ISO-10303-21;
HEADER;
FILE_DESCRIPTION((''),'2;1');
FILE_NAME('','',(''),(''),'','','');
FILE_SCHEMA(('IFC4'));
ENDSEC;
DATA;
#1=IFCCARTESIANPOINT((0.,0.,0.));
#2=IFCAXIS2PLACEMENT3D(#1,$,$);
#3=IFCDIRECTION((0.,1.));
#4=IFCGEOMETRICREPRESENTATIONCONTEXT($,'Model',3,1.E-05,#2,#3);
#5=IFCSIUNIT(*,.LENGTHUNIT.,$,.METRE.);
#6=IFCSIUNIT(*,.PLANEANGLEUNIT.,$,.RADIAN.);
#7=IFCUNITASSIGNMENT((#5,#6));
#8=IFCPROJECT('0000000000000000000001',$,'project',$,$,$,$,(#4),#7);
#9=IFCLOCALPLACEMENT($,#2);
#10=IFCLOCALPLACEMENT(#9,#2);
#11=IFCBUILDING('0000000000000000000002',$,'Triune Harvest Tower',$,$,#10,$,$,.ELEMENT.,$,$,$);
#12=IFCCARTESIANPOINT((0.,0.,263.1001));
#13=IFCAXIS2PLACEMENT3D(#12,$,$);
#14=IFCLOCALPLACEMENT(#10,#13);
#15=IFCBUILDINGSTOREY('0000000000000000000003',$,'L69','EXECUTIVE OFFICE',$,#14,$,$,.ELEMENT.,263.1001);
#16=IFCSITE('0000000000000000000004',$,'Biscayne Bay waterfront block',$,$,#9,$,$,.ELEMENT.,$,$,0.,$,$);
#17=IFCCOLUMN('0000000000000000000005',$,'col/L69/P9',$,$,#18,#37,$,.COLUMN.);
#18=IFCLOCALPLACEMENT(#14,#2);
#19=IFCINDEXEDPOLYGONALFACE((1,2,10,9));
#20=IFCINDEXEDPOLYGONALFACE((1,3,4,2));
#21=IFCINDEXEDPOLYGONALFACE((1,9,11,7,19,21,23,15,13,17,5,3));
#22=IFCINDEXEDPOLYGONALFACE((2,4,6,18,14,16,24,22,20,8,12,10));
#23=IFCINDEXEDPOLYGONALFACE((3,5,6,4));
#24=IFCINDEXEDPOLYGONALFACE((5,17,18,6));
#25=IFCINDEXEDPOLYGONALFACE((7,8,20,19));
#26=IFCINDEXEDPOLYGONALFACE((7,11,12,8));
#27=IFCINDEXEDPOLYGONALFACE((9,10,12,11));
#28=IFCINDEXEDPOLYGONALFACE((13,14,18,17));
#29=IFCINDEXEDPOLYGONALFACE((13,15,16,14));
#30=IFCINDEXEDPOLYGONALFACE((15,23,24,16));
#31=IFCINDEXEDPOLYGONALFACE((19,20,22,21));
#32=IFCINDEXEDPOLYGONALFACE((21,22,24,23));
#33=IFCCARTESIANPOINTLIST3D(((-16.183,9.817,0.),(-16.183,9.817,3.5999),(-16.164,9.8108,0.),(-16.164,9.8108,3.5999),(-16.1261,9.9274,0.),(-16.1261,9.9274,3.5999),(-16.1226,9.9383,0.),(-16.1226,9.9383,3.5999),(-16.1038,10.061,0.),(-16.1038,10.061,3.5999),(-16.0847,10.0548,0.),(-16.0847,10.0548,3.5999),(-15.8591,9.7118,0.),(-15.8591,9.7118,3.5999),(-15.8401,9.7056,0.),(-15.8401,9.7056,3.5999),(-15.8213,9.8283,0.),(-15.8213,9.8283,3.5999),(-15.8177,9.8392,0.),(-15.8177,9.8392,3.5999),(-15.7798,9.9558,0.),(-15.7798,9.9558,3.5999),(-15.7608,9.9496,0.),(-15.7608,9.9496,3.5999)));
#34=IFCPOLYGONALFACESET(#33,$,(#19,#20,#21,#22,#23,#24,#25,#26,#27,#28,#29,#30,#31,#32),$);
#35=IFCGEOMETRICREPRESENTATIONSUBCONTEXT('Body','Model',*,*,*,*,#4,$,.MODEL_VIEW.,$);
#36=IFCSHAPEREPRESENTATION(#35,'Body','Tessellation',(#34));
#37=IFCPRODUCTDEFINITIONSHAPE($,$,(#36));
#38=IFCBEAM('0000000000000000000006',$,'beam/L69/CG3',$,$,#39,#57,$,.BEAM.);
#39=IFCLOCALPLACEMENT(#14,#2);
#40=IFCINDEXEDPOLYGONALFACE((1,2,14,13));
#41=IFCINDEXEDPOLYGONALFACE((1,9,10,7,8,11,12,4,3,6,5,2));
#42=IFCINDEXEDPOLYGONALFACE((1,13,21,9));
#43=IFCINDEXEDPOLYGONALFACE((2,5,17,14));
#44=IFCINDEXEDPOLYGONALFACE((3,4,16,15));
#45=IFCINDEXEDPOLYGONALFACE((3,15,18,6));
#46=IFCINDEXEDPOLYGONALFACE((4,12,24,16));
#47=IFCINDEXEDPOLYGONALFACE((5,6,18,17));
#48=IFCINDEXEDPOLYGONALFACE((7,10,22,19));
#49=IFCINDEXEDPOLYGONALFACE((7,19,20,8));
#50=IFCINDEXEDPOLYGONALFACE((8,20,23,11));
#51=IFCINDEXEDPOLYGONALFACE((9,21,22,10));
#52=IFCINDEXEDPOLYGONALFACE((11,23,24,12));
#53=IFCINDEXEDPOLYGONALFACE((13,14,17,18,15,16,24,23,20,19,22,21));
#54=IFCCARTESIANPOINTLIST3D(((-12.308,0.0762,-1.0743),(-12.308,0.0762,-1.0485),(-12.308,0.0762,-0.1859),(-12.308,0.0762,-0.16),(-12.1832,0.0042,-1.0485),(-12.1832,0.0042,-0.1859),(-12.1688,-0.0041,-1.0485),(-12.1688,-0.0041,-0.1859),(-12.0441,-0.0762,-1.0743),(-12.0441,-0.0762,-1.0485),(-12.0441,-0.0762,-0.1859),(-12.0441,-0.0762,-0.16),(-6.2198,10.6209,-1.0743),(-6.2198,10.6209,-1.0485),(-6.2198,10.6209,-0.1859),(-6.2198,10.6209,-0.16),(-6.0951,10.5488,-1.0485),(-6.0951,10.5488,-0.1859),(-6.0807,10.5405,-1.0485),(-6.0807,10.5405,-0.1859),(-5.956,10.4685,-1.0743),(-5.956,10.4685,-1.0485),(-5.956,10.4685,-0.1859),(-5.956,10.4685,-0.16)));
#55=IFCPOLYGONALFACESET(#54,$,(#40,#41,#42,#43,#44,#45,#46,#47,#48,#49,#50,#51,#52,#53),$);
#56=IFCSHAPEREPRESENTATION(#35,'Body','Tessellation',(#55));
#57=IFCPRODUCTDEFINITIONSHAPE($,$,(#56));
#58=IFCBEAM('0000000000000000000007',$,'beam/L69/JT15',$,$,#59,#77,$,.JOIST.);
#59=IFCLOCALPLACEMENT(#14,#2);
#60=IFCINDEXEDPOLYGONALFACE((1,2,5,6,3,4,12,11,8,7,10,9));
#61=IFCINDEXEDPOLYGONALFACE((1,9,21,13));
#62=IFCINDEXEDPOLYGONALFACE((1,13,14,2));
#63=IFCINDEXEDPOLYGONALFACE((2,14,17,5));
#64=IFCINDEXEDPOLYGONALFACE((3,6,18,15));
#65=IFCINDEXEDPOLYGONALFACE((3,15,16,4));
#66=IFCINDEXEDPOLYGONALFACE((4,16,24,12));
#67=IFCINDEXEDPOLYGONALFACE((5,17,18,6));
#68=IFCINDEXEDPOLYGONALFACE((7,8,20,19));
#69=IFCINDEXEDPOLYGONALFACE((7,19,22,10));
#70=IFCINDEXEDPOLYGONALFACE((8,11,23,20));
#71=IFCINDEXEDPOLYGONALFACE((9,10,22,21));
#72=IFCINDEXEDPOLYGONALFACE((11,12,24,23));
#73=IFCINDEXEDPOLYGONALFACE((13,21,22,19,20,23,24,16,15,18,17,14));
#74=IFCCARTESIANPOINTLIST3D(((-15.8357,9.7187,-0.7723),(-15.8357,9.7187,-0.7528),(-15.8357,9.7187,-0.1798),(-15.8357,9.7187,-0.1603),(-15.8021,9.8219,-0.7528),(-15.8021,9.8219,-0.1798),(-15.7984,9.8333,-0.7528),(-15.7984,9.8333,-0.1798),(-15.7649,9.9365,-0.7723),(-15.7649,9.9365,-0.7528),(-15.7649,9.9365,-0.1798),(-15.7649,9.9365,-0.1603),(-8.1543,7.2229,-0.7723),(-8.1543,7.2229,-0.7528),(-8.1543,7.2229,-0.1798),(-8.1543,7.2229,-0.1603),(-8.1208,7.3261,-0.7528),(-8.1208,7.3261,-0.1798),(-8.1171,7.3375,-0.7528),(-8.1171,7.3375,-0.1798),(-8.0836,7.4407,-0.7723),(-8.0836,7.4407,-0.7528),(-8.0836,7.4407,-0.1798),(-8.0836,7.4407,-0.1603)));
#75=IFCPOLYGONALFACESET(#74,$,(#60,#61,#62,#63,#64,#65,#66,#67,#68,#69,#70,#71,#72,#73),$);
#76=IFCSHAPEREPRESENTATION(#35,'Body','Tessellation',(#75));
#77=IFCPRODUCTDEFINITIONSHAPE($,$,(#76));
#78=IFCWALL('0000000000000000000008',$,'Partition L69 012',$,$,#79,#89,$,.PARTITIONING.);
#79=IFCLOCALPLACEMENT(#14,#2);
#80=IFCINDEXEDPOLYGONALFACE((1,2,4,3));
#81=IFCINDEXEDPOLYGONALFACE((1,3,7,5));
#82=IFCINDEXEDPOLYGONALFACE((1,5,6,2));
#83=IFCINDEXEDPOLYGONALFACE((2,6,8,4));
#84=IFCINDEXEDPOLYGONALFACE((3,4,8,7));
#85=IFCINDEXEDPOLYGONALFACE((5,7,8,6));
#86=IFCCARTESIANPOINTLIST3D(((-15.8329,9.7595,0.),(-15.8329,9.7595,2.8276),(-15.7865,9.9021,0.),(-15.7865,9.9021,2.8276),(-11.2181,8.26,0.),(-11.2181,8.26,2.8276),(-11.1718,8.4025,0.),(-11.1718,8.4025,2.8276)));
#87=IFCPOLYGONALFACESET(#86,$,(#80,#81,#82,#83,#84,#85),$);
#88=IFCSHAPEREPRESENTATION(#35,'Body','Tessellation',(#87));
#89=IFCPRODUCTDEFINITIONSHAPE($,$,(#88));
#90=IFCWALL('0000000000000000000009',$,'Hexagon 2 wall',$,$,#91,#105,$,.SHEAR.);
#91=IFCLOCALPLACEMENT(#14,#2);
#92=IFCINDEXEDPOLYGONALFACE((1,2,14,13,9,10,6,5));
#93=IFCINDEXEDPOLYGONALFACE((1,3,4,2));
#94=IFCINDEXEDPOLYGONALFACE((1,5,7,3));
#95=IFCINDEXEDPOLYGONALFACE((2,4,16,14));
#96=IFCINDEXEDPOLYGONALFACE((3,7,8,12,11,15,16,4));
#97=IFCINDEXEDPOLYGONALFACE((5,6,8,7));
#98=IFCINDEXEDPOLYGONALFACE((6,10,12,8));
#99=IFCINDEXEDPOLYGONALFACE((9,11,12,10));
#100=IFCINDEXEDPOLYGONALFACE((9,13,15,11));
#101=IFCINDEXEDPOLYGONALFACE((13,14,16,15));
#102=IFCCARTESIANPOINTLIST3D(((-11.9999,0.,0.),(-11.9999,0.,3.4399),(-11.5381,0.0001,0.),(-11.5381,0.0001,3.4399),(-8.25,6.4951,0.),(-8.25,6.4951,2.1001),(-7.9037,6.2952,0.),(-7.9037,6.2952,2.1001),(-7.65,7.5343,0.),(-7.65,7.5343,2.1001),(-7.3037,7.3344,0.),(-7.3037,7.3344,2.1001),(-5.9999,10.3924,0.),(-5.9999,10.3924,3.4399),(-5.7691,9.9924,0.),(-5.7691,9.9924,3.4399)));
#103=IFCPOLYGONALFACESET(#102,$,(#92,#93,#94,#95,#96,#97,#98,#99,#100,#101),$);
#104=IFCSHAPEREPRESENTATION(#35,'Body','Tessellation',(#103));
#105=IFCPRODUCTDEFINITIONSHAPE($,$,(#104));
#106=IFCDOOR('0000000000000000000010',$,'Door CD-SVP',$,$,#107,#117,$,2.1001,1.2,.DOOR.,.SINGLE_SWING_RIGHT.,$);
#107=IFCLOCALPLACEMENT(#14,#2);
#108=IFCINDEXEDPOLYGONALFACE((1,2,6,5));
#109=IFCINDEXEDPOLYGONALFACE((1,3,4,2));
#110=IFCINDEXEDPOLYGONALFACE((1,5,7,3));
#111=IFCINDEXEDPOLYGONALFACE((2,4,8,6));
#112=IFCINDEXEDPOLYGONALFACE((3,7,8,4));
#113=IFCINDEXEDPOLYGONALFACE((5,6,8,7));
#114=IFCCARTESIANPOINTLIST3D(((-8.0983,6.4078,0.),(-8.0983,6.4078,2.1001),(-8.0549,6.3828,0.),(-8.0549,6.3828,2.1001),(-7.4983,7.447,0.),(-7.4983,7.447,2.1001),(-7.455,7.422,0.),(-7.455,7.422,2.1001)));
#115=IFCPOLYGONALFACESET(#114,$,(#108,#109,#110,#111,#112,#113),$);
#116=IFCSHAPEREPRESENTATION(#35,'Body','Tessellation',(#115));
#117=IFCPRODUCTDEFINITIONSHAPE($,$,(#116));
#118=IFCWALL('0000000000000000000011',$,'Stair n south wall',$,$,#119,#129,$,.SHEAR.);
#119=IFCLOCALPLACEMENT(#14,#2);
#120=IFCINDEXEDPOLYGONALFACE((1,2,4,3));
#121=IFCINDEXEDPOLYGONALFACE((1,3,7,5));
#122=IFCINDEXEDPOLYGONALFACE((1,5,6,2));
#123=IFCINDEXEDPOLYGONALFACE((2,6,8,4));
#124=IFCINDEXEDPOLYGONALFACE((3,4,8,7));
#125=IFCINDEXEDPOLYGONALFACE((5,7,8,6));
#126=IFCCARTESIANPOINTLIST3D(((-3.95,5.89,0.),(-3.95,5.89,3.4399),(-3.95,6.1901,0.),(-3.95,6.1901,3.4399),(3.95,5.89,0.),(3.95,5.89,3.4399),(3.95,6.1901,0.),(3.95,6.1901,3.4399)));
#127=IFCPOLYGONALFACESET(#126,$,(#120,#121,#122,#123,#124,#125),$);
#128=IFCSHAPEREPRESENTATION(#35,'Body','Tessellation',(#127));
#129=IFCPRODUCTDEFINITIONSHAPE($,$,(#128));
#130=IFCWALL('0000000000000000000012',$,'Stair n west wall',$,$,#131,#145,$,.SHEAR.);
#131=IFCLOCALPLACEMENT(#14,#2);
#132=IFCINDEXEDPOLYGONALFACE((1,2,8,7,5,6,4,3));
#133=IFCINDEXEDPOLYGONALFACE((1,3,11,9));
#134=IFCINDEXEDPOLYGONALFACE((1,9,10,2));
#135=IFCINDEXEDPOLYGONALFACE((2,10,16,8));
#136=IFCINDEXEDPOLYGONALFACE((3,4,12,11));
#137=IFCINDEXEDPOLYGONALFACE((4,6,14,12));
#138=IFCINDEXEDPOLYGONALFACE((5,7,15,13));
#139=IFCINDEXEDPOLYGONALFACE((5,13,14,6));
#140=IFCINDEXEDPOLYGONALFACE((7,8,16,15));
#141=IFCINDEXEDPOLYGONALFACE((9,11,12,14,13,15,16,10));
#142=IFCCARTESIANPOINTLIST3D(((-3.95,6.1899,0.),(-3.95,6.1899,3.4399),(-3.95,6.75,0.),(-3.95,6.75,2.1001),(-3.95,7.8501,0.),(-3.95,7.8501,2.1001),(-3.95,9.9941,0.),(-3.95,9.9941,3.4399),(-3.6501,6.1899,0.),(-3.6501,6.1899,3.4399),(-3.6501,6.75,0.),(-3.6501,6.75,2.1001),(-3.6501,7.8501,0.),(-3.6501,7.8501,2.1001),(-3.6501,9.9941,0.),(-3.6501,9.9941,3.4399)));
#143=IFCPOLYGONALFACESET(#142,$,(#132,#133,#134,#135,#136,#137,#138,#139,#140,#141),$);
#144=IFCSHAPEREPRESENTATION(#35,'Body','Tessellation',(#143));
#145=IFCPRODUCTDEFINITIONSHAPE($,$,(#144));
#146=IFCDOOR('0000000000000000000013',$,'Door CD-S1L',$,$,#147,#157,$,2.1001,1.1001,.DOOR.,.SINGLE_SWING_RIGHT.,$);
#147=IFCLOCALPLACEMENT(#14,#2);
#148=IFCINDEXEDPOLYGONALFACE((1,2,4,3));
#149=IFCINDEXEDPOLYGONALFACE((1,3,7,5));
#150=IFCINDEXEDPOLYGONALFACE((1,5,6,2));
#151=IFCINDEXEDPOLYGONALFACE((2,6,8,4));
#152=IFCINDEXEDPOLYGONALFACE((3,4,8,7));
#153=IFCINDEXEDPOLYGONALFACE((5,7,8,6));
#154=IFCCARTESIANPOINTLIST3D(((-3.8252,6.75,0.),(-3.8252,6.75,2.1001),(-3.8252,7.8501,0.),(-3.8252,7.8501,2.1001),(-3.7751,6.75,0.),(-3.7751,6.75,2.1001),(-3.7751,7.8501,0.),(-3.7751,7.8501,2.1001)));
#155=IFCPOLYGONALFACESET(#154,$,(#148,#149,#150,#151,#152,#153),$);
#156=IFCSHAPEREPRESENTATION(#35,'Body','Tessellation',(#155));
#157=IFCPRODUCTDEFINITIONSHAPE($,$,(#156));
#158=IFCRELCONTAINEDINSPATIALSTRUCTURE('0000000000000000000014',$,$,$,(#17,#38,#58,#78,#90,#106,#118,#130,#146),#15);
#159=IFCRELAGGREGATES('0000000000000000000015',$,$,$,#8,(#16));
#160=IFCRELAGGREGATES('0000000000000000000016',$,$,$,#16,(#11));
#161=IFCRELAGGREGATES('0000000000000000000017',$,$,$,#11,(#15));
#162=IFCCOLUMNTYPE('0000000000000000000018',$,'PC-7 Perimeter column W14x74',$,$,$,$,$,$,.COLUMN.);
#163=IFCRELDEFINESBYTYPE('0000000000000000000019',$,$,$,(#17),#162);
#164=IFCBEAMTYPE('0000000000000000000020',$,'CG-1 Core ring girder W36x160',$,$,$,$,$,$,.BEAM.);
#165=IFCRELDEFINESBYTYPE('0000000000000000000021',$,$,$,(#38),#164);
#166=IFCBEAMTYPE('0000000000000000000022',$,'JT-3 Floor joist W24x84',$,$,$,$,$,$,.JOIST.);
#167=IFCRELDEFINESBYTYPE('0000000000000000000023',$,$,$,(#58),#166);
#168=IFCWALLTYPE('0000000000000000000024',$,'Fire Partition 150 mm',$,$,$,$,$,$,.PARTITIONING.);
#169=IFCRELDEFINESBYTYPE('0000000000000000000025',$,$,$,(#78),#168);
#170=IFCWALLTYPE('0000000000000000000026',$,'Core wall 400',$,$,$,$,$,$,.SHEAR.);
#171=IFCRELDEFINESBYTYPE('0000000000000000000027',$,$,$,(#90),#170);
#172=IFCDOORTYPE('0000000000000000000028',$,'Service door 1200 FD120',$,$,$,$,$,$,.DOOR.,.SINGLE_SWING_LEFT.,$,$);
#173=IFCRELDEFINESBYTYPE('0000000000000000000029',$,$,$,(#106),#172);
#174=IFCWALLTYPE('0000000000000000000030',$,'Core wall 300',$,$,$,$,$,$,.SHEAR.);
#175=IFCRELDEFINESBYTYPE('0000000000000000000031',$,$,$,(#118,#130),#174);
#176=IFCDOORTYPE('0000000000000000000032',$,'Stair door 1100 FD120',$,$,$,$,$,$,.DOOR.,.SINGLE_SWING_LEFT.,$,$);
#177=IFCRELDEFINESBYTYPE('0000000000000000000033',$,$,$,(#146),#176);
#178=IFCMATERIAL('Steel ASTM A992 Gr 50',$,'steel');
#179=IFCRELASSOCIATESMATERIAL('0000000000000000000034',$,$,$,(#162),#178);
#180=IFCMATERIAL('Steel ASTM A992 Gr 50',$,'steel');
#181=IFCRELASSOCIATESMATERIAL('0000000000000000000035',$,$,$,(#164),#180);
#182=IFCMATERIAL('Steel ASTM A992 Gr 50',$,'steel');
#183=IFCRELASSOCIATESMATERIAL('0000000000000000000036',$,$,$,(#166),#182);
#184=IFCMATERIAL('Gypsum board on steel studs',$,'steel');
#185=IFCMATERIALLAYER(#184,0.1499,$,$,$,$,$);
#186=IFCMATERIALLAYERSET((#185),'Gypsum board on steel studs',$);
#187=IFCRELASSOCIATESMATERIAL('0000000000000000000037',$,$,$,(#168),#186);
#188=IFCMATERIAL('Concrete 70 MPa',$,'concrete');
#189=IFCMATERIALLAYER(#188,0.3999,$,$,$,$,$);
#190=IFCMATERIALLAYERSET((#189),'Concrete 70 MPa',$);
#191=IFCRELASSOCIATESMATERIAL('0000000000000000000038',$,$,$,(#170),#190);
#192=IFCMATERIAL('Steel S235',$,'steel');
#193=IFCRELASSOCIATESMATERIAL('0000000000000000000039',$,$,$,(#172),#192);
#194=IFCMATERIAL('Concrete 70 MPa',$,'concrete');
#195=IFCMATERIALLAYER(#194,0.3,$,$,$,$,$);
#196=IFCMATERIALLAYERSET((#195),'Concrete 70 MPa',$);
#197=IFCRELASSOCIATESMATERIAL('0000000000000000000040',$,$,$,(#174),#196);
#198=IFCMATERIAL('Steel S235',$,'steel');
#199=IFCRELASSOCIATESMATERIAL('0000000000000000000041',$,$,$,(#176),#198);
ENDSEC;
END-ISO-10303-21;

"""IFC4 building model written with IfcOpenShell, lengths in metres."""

from ifc_helpers import new_model, si_unit, direction, frame, frame_2d, origin, origin_2d, place, context, subcontext, project, spatial, polyline, rectangle, i_section, outline, extrude, source, transform, mapped, material, layer, layer_set, material_profile, profile_set, type_object, element, fill, save


model = new_model("IFC4")

# Units and contexts
model_context = context("Model", 3, precision=1e-05, world=origin(), true_north=direction((0.0, 1.0)))
body_context = subcontext(model_context, "Body", "Model", "MODEL_VIEW")
ifc_project = project(units=[si_unit("LENGTHUNIT", "METRE"), si_unit("PLANEANGLEUNIT", "RADIAN")], contexts=[model_context])

# Site, building, storey
site_placement = place(None, origin())
site = spatial("IfcSite", under=ifc_project, at=site_placement, Name="Biscayne Bay waterfront block", CompositionType="ELEMENT", RefElevation=0.0)
building_placement = place(site_placement, origin())
building = spatial("IfcBuilding", under=site, at=building_placement, Name="Triune Harvest Tower", CompositionType="ELEMENT")
storey_placement = place(building_placement, frame((0.0, 0.0, 263.1001)))
storey = spatial("IfcBuildingStorey", under=building, at=storey_placement, Name="L69", Description="EXECUTIVE OFFICE", CompositionType="ELEMENT", Elevation=263.1001)

# Column
ifc_material_1 = material(Name="Steel ASTM A992 Gr 50", Category="steel")
ifc_material_profile_1 = material_profile(ifc_material_1, i_section(OverallWidth=0.2566, OverallDepth=0.3606, WebThickness=0.0115, FlangeThickness=0.02, at=origin_2d()), Name="W14x74")
ifc_profile_set_1 = profile_set([ifc_material_profile_1], Name="Steel ASTM A992 Gr 50")
column_type = type_object("IfcColumnType", Name="PC-7 Perimeter column W14x74", PredefinedType="COLUMN", material=ifc_profile_set_1)
shared_shape_1 = source(origin(), body_context, "Body", "SweptSolid", [
    extrude(i_section(OverallWidth=0.2566, OverallDepth=0.3606, WebThickness=0.0115, FlangeThickness=0.02, at=origin_2d()), origin(), (0.0, 0.0, 1.0), 3.5999),
])
column_placement = place(storey_placement, frame((-15.9719, 9.8833, 0.0), z_axis=(0.0, 0.0, 1.0), x_axis=(-0.309015, -0.951057, 0.0)))
element("IfcColumn", 1, at=column_placement, inside=storey, type_object=column_type, Name="col/L69/P9", PredefinedType="COLUMN", context=body_context, shape_type="MappedRepresentation", body=[
    mapped(shared_shape_1, transform((0.0, 0.0, 0.0), scale=1.0)),
])

# Beams
ifc_material_2 = material(Name="Steel ASTM A992 Gr 50", Category="steel")
ifc_material_profile_2 = material_profile(ifc_material_2, i_section(OverallWidth=0.3047, OverallDepth=0.9143, WebThickness=0.0166, FlangeThickness=0.0259, at=origin_2d()), Name="W36x160")
ifc_profile_set_2 = profile_set([ifc_material_profile_2], Name="Steel ASTM A992 Gr 50")
beam_type_1 = type_object("IfcBeamType", Name="CG-1 Core ring girder W36x160", PredefinedType="BEAM", material=ifc_profile_set_2)
shared_shape_2 = source(origin(), body_context, "Body", "SweptSolid", [
    extrude(i_section(OverallWidth=0.3047, OverallDepth=0.9143, WebThickness=0.0166, FlangeThickness=0.0259, at=origin_2d()), origin(), (0.0, 0.0, 1.0), 12.176),
])
beam_1_placement = place(storey_placement, frame((-6.0879, 10.5447, -0.6172), z_axis=(-0.50001, -0.86602, 0.0), x_axis=(0.86602, -0.50001, 0.0)))
element("IfcBeam", 2, at=beam_1_placement, inside=storey, type_object=beam_type_1, Name="beam/L69/CG3", PredefinedType="BEAM", context=body_context, shape_type="MappedRepresentation", body=[
    mapped(shared_shape_2, transform((0.0, 0.0, 0.0), scale=1.0)),
])
ifc_material_3 = material(Name="Steel ASTM A992 Gr 50", Category="steel")
ifc_material_profile_3 = material_profile(ifc_material_3, i_section(OverallWidth=0.229, OverallDepth=0.6121, WebThickness=0.012, FlangeThickness=0.0195, at=origin_2d()), Name="W24x84")
ifc_profile_set_3 = profile_set([ifc_material_profile_3], Name="Steel ASTM A992 Gr 50")
beam_type_2 = type_object("IfcBeamType", Name="JT-3 Floor joist W24x84", PredefinedType="JOIST", material=ifc_profile_set_3)
shared_shape_3 = source(origin(), body_context, "Body", "SweptSolid", [
    extrude(i_section(OverallWidth=0.229, OverallDepth=0.6121, WebThickness=0.012, FlangeThickness=0.0195, at=origin_2d()), origin(), (0.0, 0.0, 1.0), 8.0767),
])
beam_2_placement = place(storey_placement, frame((-15.8003, 9.8276, -0.4663), z_axis=(0.951056, -0.309018, 0.0), x_axis=(0.309018, 0.951056, 0.0)))
element("IfcBeam", 3, at=beam_2_placement, inside=storey, type_object=beam_type_2, Name="beam/L69/JT15", PredefinedType="JOIST", context=body_context, shape_type="MappedRepresentation", body=[
    mapped(shared_shape_3, transform((0.0, 0.0, 0.0), scale=1.0)),
])

# Wall
ifc_material_4 = material(Name="Gypsum board on steel studs", Category="steel")
ifc_layer_1 = layer(ifc_material_4, 0.1499)
ifc_layer_set_1 = layer_set([ifc_layer_1], Name="Gypsum board on steel studs")
wall_type_1 = type_object("IfcWallType", Name="Fire Partition 150 mm", PredefinedType="PARTITIONING", material=ifc_layer_set_1)
wall_1_placement = place(storey_placement, frame((-15.8098, 9.8308, 0.0), z_axis=(0.0, 0.0, 1.0), x_axis=(0.951051, -0.309034, 0.0)))
element("IfcWall", 4, at=wall_1_placement, inside=storey, type_object=wall_type_1, Name="Partition L69 012", PredefinedType="PARTITIONING", context=body_context, shape_type="SweptSolid", body=[
    extrude(rectangle(XDim=4.8523, YDim=0.1499, at=frame_2d((2.4263, 0.0))), origin(), (0.0, 0.0, 1.0), 2.8276),
])

# Wall, opening, door
ifc_material_5 = material(Name="Concrete 70 MPa", Category="concrete")
ifc_layer_2 = layer(ifc_material_5, 0.3999)
ifc_layer_set_2 = layer_set([ifc_layer_2], Name="Concrete 70 MPa")
wall_type_2 = type_object("IfcWallType", Name="Core wall 400", PredefinedType="SHEAR", material=ifc_layer_set_2)
shared_shape_4 = source(origin(), body_context, "Body", "SweptSolid", [
    extrude(outline(polyline([(-0.1155, -0.2), (11.8845, -0.2), (11.6536, 0.2), (0.1155, 0.2), (-0.1155, -0.2)])), origin(), (0.0, 0.0, 1.0), 3.4399),
])
wall_2_placement = place(storey_placement, frame((-5.8845, 10.1924, 0.0), z_axis=(0.0, 0.0, 1.0), x_axis=(-0.499997, -0.866027, 0.0)))
wall_2 = element("IfcWall", 5, at=wall_2_placement, inside=storey, type_object=wall_type_2, Name="Hexagon 2 wall", PredefinedType="SHEAR", context=body_context, shape_type="MappedRepresentation", body=[
    mapped(shared_shape_4, transform((0.0, 0.0, 0.0), scale=1.0)),
])
opening_1_placement = place(wall_2_placement, frame((3.1846, 0.0, 0.0)))
opening_1 = element("IfcOpeningElement", 6, at=opening_1_placement, cuts=wall_2, PredefinedType="OPENING", context=body_context, shape_type="SweptSolid", body=[
    extrude(rectangle(XDim=1.2, YDim=2.1001, at=frame_2d((0.6001, 1.05))), frame((0.0, 0.21, 0.0), z_axis=(0.0, -1.0, 0.0), x_axis=(1.0, 0.0, 0.0)), (0.0, 0.0, 1.0), 0.4199),
])
ifc_material_6 = material(Name="Steel S235", Category="steel")
door_type_1 = type_object("IfcDoorType", Name="Service door 1200 FD120", OperationType="SINGLE_SWING_LEFT", PredefinedType="DOOR", material=ifc_material_6)
door_1_placement = place(opening_1_placement, frame((1.2, 0.0, 0.0), z_axis=(0.0, 0.0, 1.0), x_axis=(-1.0, 0.0, 0.0)))
door_1 = element("IfcDoor", 7, at=door_1_placement, inside=storey, type_object=door_type_1, Name="Door CD-SVP", OperationType="SINGLE_SWING_RIGHT", OverallHeight=2.1001, OverallWidth=1.2, PredefinedType="DOOR", context=body_context, shape_type="SweptSolid", body=[
    extrude(rectangle(XDim=1.2, YDim=2.1001, at=frame_2d((0.6001, 1.05))), frame((0.0, 0.0249, 0.0), z_axis=(0.0, -1.0, 0.0), x_axis=(1.0, 0.0, 0.0)), (0.0, 0.0, 1.0), 0.05),
])
fill(opening_1, door_1)

# Wall
ifc_material_7 = material(Name="Concrete 70 MPa", Category="concrete")
ifc_layer_3 = layer(ifc_material_7, 0.3)
ifc_layer_set_3 = layer_set([ifc_layer_3], Name="Concrete 70 MPa")
wall_type_3 = type_object("IfcWallType", Name="Core wall 300", PredefinedType="SHEAR", material=ifc_layer_set_3)
shared_shape_5 = source(origin(), body_context, "Body", "SweptSolid", [
    extrude(rectangle(XDim=7.8999, YDim=0.3, at=frame_2d((3.95, 0.0))), origin(), (0.0, 0.0, 1.0), 3.4399),
])
wall_3_placement = place(storey_placement, frame((-3.95, 6.04, 0.0), z_axis=(0.0, 0.0, 1.0), x_axis=(1.0, 0.0, 0.0)))
element("IfcWall", 8, at=wall_3_placement, inside=storey, type_object=wall_type_3, Name="Stair n south wall", PredefinedType="SHEAR", context=body_context, shape_type="MappedRepresentation", body=[
    mapped(shared_shape_5, transform((0.0, 0.0, 0.0), scale=1.0)),
])

# Wall, opening, door
shared_shape_6 = source(origin(), body_context, "Body", "SweptSolid", [
    extrude(outline(polyline([(0.0, -0.1499), (0.0, 0.1499), (3.8042, 0.1499), (3.8042, -0.1499), (0.0, -0.1499)])), origin(), (0.0, 0.0, 1.0), 3.4399),
])
wall_4_placement = place(storey_placement, frame((-3.8, 6.1899, 0.0), z_axis=(0.0, 0.0, 1.0), x_axis=(0.0, 1.0, 0.0)))
wall_4 = element("IfcWall", 9, at=wall_4_placement, inside=storey, type_object=wall_type_3, Name="Stair n west wall", PredefinedType="SHEAR", context=body_context, shape_type="MappedRepresentation", body=[
    mapped(shared_shape_6, transform((0.0, 0.0, 0.0), scale=1.0)),
])
opening_2_placement = place(wall_4_placement, frame((0.5601, 0.0, 0.0)))
opening_2 = element("IfcOpeningElement", 10, at=opening_2_placement, cuts=wall_4, PredefinedType="OPENING", context=body_context, shape_type="SweptSolid", body=[
    extrude(rectangle(XDim=1.1001, YDim=2.1001, at=frame_2d((0.55, 1.05))), frame((0.0, 0.1602, 0.0), z_axis=(0.0, -1.0, 0.0), x_axis=(1.0, 0.0, 0.0)), (0.0, 0.0, 1.0), 0.3201),
])
ifc_material_8 = material(Name="Steel S235", Category="steel")
door_type_2 = type_object("IfcDoorType", Name="Stair door 1100 FD120", OperationType="SINGLE_SWING_LEFT", PredefinedType="DOOR", material=ifc_material_8)
door_2_placement = place(opening_2_placement, frame((1.1001, 0.0, 0.0), z_axis=(0.0, 0.0, 1.0), x_axis=(-1.0, 0.0, 0.0)))
door_2 = element("IfcDoor", 11, at=door_2_placement, inside=storey, type_object=door_type_2, Name="Door CD-S1L", OperationType="SINGLE_SWING_RIGHT", OverallHeight=2.1001, OverallWidth=1.1001, PredefinedType="DOOR", context=body_context, shape_type="SweptSolid", body=[
    extrude(rectangle(XDim=1.1001, YDim=2.1001, at=frame_2d((0.55, 1.05))), frame((0.0, 0.0249, 0.0), z_axis=(0.0, -1.0, 0.0), x_axis=(1.0, 0.0, 0.0)), (0.0, 0.0, 1.0), 0.05),
])
fill(opening_2, door_2)

save(model, "model.ifc")
